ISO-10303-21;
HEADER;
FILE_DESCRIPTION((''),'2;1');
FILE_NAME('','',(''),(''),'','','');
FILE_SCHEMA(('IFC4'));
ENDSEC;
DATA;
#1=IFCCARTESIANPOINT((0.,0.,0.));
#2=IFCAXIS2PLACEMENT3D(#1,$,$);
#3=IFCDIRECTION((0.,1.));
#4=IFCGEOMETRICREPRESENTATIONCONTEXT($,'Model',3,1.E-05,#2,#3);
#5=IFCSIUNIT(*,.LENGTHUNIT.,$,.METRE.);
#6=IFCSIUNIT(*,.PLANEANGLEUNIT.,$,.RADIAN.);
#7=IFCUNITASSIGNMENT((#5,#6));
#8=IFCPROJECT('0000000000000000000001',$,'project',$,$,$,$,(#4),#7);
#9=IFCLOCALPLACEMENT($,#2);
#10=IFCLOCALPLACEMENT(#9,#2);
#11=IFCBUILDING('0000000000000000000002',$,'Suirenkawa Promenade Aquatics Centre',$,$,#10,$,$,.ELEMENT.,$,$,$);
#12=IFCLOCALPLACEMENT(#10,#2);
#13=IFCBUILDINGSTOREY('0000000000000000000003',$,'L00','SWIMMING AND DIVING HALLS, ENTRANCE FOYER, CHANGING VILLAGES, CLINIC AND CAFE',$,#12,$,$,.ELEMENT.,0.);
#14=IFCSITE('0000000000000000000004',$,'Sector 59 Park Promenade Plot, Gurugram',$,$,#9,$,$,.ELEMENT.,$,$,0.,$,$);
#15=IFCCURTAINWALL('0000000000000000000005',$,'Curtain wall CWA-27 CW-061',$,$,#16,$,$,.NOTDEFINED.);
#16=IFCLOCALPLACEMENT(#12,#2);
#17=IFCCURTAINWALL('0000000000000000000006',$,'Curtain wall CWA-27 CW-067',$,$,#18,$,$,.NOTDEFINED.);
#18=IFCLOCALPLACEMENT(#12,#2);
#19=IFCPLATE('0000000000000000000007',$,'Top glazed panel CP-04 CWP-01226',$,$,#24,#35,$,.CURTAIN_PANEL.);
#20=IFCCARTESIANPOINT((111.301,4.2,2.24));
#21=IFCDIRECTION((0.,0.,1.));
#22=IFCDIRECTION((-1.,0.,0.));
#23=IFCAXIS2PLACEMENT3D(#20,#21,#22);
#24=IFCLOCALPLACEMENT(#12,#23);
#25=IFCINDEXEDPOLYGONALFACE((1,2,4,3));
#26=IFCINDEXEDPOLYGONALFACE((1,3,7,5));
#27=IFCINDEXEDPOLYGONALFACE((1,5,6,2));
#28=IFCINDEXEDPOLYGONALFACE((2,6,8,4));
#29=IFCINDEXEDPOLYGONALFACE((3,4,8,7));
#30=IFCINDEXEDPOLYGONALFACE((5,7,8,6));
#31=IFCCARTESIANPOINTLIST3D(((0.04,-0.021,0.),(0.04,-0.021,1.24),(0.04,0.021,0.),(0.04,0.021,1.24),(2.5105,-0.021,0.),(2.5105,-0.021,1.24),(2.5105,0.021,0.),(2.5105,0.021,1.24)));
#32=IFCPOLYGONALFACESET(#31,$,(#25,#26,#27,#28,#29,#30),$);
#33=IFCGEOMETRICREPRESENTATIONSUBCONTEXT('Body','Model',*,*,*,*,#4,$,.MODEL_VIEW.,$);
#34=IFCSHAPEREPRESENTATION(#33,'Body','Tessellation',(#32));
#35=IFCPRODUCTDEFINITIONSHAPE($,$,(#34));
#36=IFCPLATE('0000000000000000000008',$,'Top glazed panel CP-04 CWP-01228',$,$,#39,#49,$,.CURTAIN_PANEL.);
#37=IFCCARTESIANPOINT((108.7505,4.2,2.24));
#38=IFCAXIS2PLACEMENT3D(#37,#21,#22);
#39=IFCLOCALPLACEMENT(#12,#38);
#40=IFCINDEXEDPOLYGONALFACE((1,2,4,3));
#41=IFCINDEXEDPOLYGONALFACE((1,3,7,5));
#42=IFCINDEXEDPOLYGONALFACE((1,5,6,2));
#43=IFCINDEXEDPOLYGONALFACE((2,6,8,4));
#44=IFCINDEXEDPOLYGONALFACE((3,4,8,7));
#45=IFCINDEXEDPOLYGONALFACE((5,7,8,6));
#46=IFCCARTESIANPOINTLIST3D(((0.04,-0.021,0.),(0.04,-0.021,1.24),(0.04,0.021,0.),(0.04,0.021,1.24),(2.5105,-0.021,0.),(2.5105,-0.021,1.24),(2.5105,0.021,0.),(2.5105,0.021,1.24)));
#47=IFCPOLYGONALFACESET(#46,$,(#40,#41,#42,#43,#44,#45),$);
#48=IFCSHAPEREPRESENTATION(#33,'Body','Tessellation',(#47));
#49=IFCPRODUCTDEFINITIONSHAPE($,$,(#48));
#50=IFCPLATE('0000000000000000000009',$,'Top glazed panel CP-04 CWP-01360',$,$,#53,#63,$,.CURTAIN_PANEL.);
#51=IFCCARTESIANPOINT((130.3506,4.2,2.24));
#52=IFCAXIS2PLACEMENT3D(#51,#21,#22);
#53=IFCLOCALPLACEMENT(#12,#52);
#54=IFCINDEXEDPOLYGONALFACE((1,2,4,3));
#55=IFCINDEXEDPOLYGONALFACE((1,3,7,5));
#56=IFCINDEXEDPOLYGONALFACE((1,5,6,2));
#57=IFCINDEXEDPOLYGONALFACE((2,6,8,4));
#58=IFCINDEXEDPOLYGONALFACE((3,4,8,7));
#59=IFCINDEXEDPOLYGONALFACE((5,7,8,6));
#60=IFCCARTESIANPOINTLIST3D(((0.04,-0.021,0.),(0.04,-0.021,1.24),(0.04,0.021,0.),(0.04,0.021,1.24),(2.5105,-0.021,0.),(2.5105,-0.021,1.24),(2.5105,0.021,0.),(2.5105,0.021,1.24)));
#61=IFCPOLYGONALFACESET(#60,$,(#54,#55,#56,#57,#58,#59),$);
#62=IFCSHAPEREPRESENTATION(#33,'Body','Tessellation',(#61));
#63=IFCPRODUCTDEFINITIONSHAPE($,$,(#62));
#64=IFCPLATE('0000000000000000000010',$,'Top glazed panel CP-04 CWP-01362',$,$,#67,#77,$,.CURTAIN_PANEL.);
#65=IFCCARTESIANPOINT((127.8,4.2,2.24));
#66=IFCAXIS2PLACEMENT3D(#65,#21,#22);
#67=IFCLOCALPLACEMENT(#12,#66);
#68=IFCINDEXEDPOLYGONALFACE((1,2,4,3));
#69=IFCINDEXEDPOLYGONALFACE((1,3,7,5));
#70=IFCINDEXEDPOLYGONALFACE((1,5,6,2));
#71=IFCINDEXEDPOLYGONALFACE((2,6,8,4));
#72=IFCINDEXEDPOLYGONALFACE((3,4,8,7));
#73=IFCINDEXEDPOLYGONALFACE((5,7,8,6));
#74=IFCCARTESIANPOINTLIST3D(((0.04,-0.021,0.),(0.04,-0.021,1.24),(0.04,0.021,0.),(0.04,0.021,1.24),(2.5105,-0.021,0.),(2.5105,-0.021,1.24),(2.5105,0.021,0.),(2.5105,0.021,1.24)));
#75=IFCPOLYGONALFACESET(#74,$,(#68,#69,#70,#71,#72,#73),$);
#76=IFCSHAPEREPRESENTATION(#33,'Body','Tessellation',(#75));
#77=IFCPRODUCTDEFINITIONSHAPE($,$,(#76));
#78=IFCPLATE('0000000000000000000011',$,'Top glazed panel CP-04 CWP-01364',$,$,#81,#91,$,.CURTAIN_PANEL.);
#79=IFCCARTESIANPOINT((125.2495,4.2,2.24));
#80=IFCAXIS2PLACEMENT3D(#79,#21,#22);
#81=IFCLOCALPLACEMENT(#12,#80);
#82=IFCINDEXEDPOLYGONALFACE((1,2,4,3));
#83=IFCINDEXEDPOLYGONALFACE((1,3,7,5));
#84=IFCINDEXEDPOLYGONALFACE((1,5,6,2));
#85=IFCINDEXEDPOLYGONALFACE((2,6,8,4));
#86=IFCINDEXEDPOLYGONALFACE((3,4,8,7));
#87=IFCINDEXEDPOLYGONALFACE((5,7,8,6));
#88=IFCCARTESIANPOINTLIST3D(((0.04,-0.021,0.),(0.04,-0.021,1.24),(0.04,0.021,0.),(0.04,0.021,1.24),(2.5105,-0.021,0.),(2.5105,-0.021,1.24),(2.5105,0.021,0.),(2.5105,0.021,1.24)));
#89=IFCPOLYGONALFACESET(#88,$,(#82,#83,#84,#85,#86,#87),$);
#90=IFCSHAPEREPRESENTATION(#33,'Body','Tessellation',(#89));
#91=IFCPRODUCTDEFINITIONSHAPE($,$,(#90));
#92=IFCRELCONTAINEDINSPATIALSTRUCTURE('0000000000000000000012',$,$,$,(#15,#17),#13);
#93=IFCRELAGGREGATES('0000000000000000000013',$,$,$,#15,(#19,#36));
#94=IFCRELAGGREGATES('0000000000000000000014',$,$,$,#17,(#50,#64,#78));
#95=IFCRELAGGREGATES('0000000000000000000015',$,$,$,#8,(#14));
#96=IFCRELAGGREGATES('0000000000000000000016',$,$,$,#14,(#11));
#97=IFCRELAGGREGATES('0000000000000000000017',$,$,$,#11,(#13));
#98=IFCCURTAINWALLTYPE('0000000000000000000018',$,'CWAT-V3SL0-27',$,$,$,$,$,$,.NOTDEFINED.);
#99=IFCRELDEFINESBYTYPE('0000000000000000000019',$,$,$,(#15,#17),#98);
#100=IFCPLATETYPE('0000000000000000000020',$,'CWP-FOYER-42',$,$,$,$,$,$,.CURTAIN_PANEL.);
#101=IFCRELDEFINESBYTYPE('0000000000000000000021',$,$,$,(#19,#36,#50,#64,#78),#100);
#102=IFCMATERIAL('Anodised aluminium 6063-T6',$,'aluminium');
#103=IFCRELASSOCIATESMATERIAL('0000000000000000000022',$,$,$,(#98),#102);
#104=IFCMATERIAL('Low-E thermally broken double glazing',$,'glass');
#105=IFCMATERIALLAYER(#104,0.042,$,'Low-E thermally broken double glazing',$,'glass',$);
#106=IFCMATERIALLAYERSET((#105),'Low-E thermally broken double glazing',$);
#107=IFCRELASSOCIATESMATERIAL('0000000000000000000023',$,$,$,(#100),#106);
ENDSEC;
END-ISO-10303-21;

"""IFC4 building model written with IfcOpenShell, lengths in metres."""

from ifc_helpers import new_model, si_unit, direction, frame, origin, place, context, subcontext, project, spatial, polyline, outline, extrude, material, layer, layer_set, type_object, element, aggregate, save


model = new_model("IFC4")

# Units and contexts
model_context = context("Model", 3, precision=1e-05, world=origin(), true_north=direction((0.0, 1.0)))
body_context = subcontext(model_context, "Body", "Model", "MODEL_VIEW")
ifc_project = project(units=[si_unit("LENGTHUNIT", "METRE"), si_unit("PLANEANGLEUNIT", "RADIAN")], contexts=[model_context])

# Site, building, storey
site_placement = place(None, origin())
site = spatial("IfcSite", under=ifc_project, at=site_placement, Name="Sector 59 Park Promenade Plot, Gurugram", CompositionType="ELEMENT", RefElevation=0.0)
building_placement = place(site_placement, origin())
building = spatial("IfcBuilding", under=site, at=building_placement, Name="Suirenkawa Promenade Aquatics Centre", CompositionType="ELEMENT")
storey_placement = place(building_placement, origin())
storey = spatial("IfcBuildingStorey", under=building, at=storey_placement, Name="L00", Description="SWIMMING AND DIVING HALLS, ENTRANCE FOYER, CHANGING VILLAGES, CLINIC AND CAFE", CompositionType="ELEMENT", Elevation=0.0)

# Curtain wall
ifc_material_1 = material(Name="Anodised aluminium 6063-T6", Category="aluminium")
curtain_wall_type = type_object("IfcCurtainWallType", Name="CWAT-V3SL0-27", PredefinedType="NOTDEFINED", material=ifc_material_1)
curtain_wall_1_placement = place(storey_placement, origin())
curtain_wall_1 = element("IfcCurtainWall", 1, at=curtain_wall_1_placement, inside=storey, type_object=curtain_wall_type, Name="Curtain wall CWA-27 CW-061", PredefinedType="NOTDEFINED")

# Curtain wall
curtain_wall_2_placement = place(storey_placement, origin())
curtain_wall_2 = element("IfcCurtainWall", 2, at=curtain_wall_2_placement, inside=storey, type_object=curtain_wall_type, Name="Curtain wall CWA-27 CW-067", PredefinedType="NOTDEFINED")

# Plates
ifc_material_2 = material(Name="Low-E thermally broken double glazing", Category="glass")
ifc_layer_1 = layer(ifc_material_2, 0.042, Name="Low-E thermally broken double glazing", Category="glass")
ifc_layer_set_1 = layer_set([ifc_layer_1], Name="Low-E thermally broken double glazing")
plate_type = type_object("IfcPlateType", Name="CWP-FOYER-42", PredefinedType="CURTAIN_PANEL", material=ifc_layer_set_1)
plate_1_placement = place(storey_placement, frame((111.301, 4.2, 2.24), z_axis=(0.0, 0.0, 1.0), x_axis=(-1.0, 0.0, 0.0)))
plate_1 = element("IfcPlate", 3, at=plate_1_placement, type_object=plate_type, Name="Top glazed panel CP-04 CWP-01226", PredefinedType="CURTAIN_PANEL", context=body_context, shape_type="SweptSolid", body=[
    extrude(outline(polyline([(0.04, 0.0), (2.5105, 0.0), (2.5105, 1.24), (0.04, 1.24), (0.04, 0.0)])), frame((0.0, 0.021, 0.0), z_axis=(0.0, -1.0, 0.0), x_axis=(1.0, 0.0, 0.0)), (0.0, 0.0, 1.0), 0.042),
])
plate_2_placement = place(storey_placement, frame((108.7505, 4.2, 2.24), z_axis=(0.0, 0.0, 1.0), x_axis=(-1.0, 0.0, 0.0)))
plate_2 = element("IfcPlate", 4, at=plate_2_placement, type_object=plate_type, Name="Top glazed panel CP-04 CWP-01228", PredefinedType="CURTAIN_PANEL", context=body_context, shape_type="SweptSolid", body=[
    extrude(outline(polyline([(0.04, 0.0), (2.5105, 0.0), (2.5105, 1.24), (0.04, 1.24), (0.04, 0.0)])), frame((0.0, 0.021, 0.0), z_axis=(0.0, -1.0, 0.0), x_axis=(1.0, 0.0, 0.0)), (0.0, 0.0, 1.0), 0.042),
])
aggregate(curtain_wall_1, [plate_1, plate_2])
plate_3_placement = place(storey_placement, frame((130.3506, 4.2, 2.24), z_axis=(0.0, 0.0, 1.0), x_axis=(-1.0, 0.0, 0.0)))
plate_3 = element("IfcPlate", 5, at=plate_3_placement, type_object=plate_type, Name="Top glazed panel CP-04 CWP-01360", PredefinedType="CURTAIN_PANEL", context=body_context, shape_type="SweptSolid", body=[
    extrude(outline(polyline([(0.04, 0.0), (2.5105, 0.0), (2.5105, 1.24), (0.04, 1.24), (0.04, 0.0)])), frame((0.0, 0.021, 0.0), z_axis=(0.0, -1.0, 0.0), x_axis=(1.0, 0.0, 0.0)), (0.0, 0.0, 1.0), 0.042),
])
plate_4_placement = place(storey_placement, frame((127.8, 4.2, 2.24), z_axis=(0.0, 0.0, 1.0), x_axis=(-1.0, 0.0, 0.0)))
plate_4 = element("IfcPlate", 6, at=plate_4_placement, type_object=plate_type, Name="Top glazed panel CP-04 CWP-01362", PredefinedType="CURTAIN_PANEL", context=body_context, shape_type="SweptSolid", body=[
    extrude(outline(polyline([(0.04, 0.0), (2.5105, 0.0), (2.5105, 1.24), (0.04, 1.24), (0.04, 0.0)])), frame((0.0, 0.021, 0.0), z_axis=(0.0, -1.0, 0.0), x_axis=(1.0, 0.0, 0.0)), (0.0, 0.0, 1.0), 0.042),
])
plate_5_placement = place(storey_placement, frame((125.2495, 4.2, 2.24), z_axis=(0.0, 0.0, 1.0), x_axis=(-1.0, 0.0, 0.0)))
plate_5 = element("IfcPlate", 7, at=plate_5_placement, type_object=plate_type, Name="Top glazed panel CP-04 CWP-01364", PredefinedType="CURTAIN_PANEL", context=body_context, shape_type="SweptSolid", body=[
    extrude(outline(polyline([(0.04, 0.0), (2.5105, 0.0), (2.5105, 1.24), (0.04, 1.24), (0.04, 0.0)])), frame((0.0, 0.021, 0.0), z_axis=(0.0, -1.0, 0.0), x_axis=(1.0, 0.0, 0.0)), (0.0, 0.0, 1.0), 0.042),
])
aggregate(curtain_wall_2, [plate_3, plate_4, plate_5])

save(model, "model.ifc")
